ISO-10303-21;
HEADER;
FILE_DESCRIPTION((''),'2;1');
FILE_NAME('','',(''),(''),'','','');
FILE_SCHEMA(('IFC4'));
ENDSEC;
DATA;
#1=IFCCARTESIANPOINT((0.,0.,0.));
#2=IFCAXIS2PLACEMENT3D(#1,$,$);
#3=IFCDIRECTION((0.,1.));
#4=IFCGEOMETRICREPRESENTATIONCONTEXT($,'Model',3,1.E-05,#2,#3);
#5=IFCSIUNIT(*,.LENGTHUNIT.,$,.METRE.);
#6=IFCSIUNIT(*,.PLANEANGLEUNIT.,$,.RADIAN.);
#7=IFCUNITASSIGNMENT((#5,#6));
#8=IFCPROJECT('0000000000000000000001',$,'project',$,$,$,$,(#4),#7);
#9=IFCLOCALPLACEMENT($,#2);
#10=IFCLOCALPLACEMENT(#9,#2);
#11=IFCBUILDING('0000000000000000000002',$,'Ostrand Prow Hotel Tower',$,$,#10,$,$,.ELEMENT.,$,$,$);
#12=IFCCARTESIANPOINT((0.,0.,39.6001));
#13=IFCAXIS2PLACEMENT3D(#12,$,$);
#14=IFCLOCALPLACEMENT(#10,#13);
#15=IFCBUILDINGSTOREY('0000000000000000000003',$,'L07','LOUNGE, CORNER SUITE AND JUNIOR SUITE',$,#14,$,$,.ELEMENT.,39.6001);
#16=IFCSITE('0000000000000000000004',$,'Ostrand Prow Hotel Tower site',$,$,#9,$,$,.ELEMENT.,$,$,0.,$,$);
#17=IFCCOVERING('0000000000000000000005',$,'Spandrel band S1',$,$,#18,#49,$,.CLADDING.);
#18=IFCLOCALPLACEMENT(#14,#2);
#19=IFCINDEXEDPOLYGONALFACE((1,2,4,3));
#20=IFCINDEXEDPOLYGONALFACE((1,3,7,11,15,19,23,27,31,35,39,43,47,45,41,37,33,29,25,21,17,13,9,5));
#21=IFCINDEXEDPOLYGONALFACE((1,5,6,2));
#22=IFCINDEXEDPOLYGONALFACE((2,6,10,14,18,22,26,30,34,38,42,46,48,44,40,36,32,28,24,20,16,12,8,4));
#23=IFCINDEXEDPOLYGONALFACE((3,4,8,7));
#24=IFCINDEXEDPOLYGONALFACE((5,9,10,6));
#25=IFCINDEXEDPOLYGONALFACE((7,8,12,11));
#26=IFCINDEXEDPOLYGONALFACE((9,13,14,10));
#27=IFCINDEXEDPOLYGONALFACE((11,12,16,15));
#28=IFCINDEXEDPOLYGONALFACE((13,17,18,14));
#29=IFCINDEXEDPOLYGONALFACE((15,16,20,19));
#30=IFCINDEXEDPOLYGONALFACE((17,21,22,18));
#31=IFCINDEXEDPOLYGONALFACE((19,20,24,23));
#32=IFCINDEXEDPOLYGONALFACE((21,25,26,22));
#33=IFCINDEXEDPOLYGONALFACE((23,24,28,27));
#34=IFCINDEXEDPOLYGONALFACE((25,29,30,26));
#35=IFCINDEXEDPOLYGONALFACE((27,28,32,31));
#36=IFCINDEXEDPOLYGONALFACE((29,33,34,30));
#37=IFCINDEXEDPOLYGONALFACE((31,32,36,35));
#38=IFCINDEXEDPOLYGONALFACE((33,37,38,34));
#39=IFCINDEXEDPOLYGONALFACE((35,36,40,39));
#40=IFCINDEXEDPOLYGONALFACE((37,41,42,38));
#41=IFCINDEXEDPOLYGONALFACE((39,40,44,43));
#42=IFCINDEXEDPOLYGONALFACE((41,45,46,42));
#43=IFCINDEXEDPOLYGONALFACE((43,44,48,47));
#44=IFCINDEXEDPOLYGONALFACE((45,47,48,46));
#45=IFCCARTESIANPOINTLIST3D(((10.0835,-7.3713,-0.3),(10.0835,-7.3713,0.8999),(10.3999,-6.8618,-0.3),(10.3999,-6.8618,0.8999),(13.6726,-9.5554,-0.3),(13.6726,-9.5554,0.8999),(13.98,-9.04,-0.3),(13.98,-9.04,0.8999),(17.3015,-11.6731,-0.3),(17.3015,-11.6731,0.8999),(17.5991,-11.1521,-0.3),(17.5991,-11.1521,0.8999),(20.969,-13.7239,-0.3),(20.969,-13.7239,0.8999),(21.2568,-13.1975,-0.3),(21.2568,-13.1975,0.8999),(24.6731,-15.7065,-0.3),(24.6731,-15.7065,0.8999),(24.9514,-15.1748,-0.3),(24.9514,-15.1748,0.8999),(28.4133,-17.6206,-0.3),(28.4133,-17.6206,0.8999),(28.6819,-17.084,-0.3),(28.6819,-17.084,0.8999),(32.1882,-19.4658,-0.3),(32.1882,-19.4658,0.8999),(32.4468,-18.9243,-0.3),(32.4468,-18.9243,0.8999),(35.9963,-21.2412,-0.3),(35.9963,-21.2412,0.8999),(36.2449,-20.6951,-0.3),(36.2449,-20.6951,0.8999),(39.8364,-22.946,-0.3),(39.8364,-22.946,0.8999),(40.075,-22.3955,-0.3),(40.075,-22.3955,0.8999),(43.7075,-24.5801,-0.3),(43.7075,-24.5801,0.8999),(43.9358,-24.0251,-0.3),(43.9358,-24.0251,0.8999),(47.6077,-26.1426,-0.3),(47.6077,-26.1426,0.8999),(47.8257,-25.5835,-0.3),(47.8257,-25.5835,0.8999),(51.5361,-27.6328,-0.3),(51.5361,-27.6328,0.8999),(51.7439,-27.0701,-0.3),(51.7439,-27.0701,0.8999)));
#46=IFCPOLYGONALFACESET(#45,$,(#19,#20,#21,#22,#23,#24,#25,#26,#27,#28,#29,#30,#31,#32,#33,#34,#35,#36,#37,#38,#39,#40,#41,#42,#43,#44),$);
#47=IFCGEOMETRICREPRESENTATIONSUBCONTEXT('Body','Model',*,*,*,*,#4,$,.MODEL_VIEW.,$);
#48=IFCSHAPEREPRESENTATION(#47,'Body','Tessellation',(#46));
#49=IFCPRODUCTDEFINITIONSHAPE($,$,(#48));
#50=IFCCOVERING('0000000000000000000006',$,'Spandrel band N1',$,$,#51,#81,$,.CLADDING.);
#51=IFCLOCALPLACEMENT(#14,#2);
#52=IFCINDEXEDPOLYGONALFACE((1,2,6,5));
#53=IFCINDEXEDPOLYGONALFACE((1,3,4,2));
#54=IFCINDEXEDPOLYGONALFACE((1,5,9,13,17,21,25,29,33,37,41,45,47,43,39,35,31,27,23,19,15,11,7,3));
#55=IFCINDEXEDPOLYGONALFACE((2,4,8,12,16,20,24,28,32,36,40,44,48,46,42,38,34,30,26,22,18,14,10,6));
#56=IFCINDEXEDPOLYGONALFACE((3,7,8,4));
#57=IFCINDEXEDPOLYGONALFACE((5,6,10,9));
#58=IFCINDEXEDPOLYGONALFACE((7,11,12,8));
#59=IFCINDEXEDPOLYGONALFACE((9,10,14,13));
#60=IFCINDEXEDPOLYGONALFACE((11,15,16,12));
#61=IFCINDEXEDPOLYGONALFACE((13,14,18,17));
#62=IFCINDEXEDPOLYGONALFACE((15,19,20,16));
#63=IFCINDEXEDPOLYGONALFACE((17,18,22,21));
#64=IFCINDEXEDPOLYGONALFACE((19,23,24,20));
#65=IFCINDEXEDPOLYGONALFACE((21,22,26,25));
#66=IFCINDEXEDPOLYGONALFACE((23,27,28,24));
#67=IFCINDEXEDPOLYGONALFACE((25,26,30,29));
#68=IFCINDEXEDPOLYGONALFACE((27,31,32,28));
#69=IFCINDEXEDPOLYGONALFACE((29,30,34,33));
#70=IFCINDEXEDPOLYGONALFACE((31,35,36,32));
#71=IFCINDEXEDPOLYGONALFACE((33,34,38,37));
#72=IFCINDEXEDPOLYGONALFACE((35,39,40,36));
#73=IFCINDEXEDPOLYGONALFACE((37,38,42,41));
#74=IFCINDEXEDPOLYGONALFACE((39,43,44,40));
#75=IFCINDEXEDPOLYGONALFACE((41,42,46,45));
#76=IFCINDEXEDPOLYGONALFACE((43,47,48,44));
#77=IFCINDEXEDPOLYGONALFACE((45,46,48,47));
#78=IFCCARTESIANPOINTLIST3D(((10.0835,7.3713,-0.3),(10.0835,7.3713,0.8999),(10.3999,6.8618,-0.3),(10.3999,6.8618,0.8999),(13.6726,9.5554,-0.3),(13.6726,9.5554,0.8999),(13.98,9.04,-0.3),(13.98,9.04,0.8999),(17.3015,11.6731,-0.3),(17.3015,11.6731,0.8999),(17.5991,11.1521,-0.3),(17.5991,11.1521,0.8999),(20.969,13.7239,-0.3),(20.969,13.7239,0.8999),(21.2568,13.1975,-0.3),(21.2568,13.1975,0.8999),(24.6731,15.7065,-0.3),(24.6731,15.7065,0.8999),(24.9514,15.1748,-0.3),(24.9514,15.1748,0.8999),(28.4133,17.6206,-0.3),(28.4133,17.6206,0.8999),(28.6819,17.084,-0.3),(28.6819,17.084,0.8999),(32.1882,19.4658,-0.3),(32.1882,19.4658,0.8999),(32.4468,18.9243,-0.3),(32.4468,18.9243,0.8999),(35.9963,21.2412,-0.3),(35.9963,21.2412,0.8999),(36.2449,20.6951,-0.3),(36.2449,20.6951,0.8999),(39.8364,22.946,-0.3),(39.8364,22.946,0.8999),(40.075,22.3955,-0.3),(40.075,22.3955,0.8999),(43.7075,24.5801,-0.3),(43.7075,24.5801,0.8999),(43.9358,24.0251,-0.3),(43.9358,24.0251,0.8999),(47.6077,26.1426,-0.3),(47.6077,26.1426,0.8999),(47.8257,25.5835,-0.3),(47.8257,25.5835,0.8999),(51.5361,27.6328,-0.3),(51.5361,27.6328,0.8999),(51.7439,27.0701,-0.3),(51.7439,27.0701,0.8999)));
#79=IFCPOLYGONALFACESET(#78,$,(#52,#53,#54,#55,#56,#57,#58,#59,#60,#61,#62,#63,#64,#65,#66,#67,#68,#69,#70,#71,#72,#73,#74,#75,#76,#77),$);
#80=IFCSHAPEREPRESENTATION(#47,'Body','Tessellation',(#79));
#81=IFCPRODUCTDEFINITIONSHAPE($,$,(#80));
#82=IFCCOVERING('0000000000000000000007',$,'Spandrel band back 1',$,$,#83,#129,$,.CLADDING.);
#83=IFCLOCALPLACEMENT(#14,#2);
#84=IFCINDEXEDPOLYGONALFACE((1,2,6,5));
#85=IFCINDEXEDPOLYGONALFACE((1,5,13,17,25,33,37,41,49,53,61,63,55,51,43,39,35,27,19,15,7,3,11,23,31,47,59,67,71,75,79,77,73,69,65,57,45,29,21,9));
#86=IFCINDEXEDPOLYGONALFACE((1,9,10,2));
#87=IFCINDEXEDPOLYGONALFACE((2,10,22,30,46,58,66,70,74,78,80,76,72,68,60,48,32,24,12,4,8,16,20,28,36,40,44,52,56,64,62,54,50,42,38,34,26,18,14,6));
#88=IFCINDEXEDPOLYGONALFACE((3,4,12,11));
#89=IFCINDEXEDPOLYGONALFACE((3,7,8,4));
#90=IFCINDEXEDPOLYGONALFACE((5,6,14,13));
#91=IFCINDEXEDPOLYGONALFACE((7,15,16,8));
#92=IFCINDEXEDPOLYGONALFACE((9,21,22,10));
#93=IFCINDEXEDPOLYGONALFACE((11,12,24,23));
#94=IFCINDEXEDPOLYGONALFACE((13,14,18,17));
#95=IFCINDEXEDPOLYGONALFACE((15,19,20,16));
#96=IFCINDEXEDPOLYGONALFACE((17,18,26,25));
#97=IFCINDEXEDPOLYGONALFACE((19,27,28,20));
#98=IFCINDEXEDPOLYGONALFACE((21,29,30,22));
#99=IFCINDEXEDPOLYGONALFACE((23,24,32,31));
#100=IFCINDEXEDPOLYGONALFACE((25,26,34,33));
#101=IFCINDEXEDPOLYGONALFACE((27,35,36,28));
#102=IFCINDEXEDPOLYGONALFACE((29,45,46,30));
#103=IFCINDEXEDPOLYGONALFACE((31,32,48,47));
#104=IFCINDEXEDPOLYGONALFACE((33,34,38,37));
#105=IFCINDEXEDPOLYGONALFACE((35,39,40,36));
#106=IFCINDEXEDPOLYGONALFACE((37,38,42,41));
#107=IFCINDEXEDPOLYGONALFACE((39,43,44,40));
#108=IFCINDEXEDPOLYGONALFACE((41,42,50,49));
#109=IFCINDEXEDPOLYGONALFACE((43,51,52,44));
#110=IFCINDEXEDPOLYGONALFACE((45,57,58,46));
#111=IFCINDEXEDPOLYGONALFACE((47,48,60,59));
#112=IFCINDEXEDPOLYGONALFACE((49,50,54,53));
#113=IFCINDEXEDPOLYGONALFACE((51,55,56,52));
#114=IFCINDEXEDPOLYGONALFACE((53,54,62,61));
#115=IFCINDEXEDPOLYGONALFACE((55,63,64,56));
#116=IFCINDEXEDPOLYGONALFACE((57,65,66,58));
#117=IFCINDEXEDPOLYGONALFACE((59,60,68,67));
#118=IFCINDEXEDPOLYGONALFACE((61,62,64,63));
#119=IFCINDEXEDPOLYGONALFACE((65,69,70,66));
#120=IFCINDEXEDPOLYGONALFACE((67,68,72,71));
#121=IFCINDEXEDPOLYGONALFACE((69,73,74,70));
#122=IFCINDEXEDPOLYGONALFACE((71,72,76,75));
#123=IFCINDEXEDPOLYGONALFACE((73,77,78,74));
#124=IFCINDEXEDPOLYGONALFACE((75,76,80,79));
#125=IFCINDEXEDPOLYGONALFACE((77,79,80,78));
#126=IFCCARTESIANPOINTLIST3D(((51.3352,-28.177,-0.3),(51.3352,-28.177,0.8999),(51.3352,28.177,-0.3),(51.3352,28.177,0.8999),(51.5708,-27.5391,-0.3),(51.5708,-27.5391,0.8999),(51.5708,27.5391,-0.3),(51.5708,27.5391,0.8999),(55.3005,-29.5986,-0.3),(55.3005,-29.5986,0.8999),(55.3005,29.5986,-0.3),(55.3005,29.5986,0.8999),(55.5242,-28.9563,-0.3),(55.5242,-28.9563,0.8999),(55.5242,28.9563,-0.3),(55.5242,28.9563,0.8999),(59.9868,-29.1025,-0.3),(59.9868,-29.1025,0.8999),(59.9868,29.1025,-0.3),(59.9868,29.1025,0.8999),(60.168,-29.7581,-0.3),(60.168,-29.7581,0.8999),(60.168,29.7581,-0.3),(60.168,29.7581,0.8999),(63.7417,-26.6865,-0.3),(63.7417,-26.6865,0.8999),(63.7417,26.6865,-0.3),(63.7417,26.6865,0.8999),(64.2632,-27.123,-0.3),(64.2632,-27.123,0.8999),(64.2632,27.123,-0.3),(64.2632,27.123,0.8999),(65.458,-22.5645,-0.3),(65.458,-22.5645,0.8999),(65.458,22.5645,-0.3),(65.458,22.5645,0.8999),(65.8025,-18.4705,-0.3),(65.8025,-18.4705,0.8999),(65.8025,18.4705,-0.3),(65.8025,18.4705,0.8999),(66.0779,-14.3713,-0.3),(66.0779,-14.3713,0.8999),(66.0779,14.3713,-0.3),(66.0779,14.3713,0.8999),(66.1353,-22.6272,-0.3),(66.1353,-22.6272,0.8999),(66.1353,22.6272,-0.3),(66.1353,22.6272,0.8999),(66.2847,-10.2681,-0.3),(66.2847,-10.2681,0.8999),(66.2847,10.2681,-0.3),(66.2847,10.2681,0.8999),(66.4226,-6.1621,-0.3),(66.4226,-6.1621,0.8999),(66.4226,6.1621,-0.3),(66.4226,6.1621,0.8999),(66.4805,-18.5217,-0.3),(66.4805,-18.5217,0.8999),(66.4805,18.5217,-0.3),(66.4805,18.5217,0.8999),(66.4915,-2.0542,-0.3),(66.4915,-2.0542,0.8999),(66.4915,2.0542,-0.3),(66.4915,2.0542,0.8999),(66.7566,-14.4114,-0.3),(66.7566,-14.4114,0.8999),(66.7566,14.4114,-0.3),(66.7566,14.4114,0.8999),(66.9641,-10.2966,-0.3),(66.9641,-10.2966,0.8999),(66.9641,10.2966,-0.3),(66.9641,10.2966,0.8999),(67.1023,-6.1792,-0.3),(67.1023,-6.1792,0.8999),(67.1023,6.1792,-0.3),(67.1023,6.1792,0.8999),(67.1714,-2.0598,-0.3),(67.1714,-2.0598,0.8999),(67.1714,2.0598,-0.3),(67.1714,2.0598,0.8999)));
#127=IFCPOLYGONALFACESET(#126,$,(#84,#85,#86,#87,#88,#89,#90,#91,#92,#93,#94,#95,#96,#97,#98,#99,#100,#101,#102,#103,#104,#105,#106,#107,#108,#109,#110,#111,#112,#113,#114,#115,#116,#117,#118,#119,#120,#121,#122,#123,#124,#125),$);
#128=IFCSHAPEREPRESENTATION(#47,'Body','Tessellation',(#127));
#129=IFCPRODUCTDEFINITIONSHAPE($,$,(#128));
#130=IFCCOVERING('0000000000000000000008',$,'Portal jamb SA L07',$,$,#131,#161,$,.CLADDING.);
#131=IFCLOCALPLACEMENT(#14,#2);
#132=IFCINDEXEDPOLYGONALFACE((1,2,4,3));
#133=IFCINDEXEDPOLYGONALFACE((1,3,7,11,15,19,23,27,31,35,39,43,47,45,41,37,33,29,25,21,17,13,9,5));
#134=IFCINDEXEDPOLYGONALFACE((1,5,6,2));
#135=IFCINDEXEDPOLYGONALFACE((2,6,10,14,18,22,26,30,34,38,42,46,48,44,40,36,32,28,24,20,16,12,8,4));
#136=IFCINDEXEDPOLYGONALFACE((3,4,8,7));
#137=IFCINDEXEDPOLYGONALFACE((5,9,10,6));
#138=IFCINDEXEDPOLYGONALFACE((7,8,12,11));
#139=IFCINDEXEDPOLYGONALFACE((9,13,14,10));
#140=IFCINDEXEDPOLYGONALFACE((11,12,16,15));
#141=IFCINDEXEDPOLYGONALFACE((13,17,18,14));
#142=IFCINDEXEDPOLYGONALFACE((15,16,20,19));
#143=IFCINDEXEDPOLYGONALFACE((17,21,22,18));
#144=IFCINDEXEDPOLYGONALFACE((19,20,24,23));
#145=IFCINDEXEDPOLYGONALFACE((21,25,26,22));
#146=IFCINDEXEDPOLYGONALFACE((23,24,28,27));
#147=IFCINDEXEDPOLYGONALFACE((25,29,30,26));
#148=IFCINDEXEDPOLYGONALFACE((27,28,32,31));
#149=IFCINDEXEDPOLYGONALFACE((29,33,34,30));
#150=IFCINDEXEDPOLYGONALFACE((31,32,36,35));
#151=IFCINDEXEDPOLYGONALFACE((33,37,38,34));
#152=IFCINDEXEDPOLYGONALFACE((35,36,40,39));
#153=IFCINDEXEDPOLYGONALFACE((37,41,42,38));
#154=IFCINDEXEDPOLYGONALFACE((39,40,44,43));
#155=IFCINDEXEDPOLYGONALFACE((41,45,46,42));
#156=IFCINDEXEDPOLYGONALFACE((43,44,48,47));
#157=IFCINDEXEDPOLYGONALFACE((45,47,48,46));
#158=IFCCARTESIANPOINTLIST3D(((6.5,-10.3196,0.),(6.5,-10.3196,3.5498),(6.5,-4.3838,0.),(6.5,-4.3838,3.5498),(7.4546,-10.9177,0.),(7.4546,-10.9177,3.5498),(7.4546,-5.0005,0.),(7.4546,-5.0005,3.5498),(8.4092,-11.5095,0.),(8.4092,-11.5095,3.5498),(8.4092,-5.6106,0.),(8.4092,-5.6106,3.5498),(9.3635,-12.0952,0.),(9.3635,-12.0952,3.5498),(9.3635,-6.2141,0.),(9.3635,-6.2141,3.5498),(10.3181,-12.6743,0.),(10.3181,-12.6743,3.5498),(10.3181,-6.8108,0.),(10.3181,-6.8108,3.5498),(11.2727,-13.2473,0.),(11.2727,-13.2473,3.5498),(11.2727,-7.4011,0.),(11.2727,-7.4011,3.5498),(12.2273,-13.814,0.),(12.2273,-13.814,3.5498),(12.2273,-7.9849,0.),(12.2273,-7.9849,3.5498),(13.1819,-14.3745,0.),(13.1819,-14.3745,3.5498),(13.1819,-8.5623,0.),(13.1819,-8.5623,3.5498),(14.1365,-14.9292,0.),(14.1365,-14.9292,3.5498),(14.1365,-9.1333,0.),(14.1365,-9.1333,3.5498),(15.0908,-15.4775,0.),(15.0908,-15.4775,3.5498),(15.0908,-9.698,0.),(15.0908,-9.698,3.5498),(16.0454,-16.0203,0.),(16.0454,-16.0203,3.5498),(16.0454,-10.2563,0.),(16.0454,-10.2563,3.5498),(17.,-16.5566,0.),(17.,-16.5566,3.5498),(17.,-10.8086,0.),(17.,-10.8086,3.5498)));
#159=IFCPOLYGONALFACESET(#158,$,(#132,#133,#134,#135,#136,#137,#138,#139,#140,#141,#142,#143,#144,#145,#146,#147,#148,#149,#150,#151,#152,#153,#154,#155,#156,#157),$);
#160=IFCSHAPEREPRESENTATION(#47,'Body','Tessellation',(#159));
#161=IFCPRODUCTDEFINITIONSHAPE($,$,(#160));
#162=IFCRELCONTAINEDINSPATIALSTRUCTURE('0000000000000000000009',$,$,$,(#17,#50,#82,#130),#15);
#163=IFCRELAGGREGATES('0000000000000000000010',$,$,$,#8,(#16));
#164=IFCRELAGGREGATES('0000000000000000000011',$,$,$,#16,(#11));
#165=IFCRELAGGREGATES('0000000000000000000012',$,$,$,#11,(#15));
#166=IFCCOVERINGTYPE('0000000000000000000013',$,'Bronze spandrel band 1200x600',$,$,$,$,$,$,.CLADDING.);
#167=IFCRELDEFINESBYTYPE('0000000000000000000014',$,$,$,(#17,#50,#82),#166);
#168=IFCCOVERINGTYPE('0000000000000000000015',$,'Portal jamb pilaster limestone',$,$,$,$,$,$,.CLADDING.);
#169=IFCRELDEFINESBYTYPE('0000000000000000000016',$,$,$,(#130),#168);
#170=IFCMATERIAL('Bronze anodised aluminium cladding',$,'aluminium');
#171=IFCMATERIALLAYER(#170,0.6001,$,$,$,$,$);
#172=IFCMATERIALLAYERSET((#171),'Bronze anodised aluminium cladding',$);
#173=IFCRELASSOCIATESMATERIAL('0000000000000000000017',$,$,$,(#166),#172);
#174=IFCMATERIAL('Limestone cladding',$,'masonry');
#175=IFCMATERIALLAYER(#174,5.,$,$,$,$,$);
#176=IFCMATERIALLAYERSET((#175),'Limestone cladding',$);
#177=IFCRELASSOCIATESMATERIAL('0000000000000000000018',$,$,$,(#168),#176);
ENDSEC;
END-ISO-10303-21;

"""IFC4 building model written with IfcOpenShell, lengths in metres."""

from ifc_helpers import new_model, si_unit, direction, frame, origin, place, context, subcontext, project, spatial, polyline, outline, extrude, material, layer, layer_set, type_object, element, save


model = new_model("IFC4")

# Units and contexts
model_context = context("Model", 3, precision=1e-05, world=origin(), true_north=direction((0.0, 1.0)))
body_context = subcontext(model_context, "Body", "Model", "MODEL_VIEW")
ifc_project = project(units=[si_unit("LENGTHUNIT", "METRE"), si_unit("PLANEANGLEUNIT", "RADIAN")], contexts=[model_context])

# Site, building, storey
site_placement = place(None, origin())
site = spatial("IfcSite", under=ifc_project, at=site_placement, Name="Ostrand Prow Hotel Tower site", CompositionType="ELEMENT", RefElevation=0.0)
building_placement = place(site_placement, origin())
building = spatial("IfcBuilding", under=site, at=building_placement, Name="Ostrand Prow Hotel Tower", CompositionType="ELEMENT")
storey_placement = place(building_placement, frame((0.0, 0.0, 39.6001)))
storey = spatial("IfcBuildingStorey", under=building, at=storey_placement, Name="L07", Description="LOUNGE, CORNER SUITE AND JUNIOR SUITE", CompositionType="ELEMENT", Elevation=39.6001)

# Coverings
ifc_material_1 = material(Name="Bronze anodised aluminium cladding", Category="aluminium")
ifc_layer_1 = layer(ifc_material_1, 0.6001)
ifc_layer_set_1 = layer_set([ifc_layer_1], Name="Bronze anodised aluminium cladding")
covering_type_1 = type_object("IfcCoveringType", Name="Bronze spandrel band 1200x600", PredefinedType="CLADDING", material=ifc_layer_set_1)
covering_1_placement = place(storey_placement, frame((0.0, 0.0, -0.3)))
element("IfcCovering", 1, at=covering_1_placement, inside=storey, type_object=covering_type_1, Name="Spandrel band S1", PredefinedType="CLADDING", context=body_context, shape_type="SweptSolid", body=[
    extrude(outline(polyline([(10.0835, -7.3713), (13.6726, -9.5554), (17.3015, -11.6731), (20.969, -13.7239), (24.6731, -15.7065), (28.4133, -17.6206), (32.1882, -19.4658), (35.9963, -21.2412), (39.8364, -22.946), (43.7075, -24.5801), (47.6077, -26.1426), (51.5361, -27.6328), (51.7439, -27.0701), (47.8257, -25.5835), (43.9358, -24.0251), (40.075, -22.3955), (36.2449, -20.6951), (32.4468, -18.9243), (28.6819, -17.084), (24.9514, -15.1748), (21.2568, -13.1975), (17.5991, -11.1521), (13.98, -9.04), (10.3999, -6.8618), (10.0835, -7.3713)])), origin(), (0.0, 0.0, 1.0), 1.2),
])
covering_2_placement = place(storey_placement, frame((0.0, 0.0, -0.3)))
element("IfcCovering", 2, at=covering_2_placement, inside=storey, type_object=covering_type_1, Name="Spandrel band N1", PredefinedType="CLADDING", context=body_context, shape_type="SweptSolid", body=[
    extrude(outline(polyline([(51.5361, 27.6328), (47.6077, 26.1426), (43.7075, 24.5801), (39.8364, 22.946), (35.9963, 21.2412), (32.1882, 19.4658), (28.4133, 17.6206), (24.6731, 15.7065), (20.969, 13.7239), (17.3015, 11.6731), (13.6726, 9.5554), (10.0835, 7.3713), (10.3999, 6.8618), (13.98, 9.04), (17.5991, 11.1521), (21.2568, 13.1975), (24.9514, 15.1748), (28.6819, 17.084), (32.4468, 18.9243), (36.2449, 20.6951), (40.075, 22.3955), (43.9358, 24.0251), (47.8257, 25.5835), (51.7439, 27.0701), (51.5361, 27.6328)])), origin(), (0.0, 0.0, 1.0), 1.2),
])
covering_3_placement = place(storey_placement, frame((0.0, 0.0, -0.3)))
element("IfcCovering", 3, at=covering_3_placement, inside=storey, type_object=covering_type_1, Name="Spandrel band back 1", PredefinedType="CLADDING", context=body_context, shape_type="SweptSolid", body=[
    extrude(outline(polyline([(51.3352, -28.177), (55.3005, -29.5986), (60.168, -29.7581), (64.2632, -27.123), (66.1353, -22.6272), (66.4805, -18.5217), (66.7566, -14.4114), (66.9641, -10.2966), (67.1023, -6.1792), (67.1714, -2.0598), (67.1714, 2.0598), (67.1023, 6.1792), (66.9641, 10.2966), (66.7566, 14.4114), (66.4805, 18.5217), (66.1353, 22.6272), (64.2632, 27.123), (60.168, 29.7581), (55.3005, 29.5986), (51.3352, 28.177), (51.5708, 27.5391), (55.5242, 28.9563), (59.9868, 29.1025), (63.7417, 26.6865), (65.458, 22.5645), (65.8025, 18.4705), (66.0779, 14.3713), (66.2847, 10.2681), (66.4226, 6.1621), (66.4915, 2.0542), (66.4915, -2.0542), (66.4226, -6.1621), (66.2847, -10.2681), (66.0779, -14.3713), (65.8025, -18.4705), (65.458, -22.5645), (63.7417, -26.6865), (59.9868, -29.1025), (55.5242, -28.9563), (51.5708, -27.5391), (51.3352, -28.177)])), origin(), (0.0, 0.0, 1.0), 1.2),
])
ifc_material_2 = material(Name="Limestone cladding", Category="masonry")
ifc_layer_2 = layer(ifc_material_2, 5.0)
ifc_layer_set_2 = layer_set([ifc_layer_2], Name="Limestone cladding")
covering_type_2 = type_object("IfcCoveringType", Name="Portal jamb pilaster limestone", PredefinedType="CLADDING", material=ifc_layer_set_2)
covering_4_placement = place(storey_placement, origin())
element("IfcCovering", 4, at=covering_4_placement, inside=storey, type_object=covering_type_2, Name="Portal jamb SA L07", PredefinedType="CLADDING", context=body_context, shape_type="SweptSolid", body=[
    extrude(outline(polyline([(6.5, -4.3838), (6.5, -10.3196), (7.4546, -10.9177), (8.4092, -11.5095), (9.3635, -12.0952), (10.3181, -12.6743), (11.2727, -13.2473), (12.2273, -13.814), (13.1819, -14.3745), (14.1365, -14.9292), (15.0908, -15.4775), (16.0454, -16.0203), (17.0, -16.5566), (17.0, -10.8086), (16.0454, -10.2563), (15.0908, -9.698), (14.1365, -9.1333), (13.1819, -8.5623), (12.2273, -7.9849), (11.2727, -7.4011), (10.3181, -6.8108), (9.3635, -6.2141), (8.4092, -5.6106), (7.4546, -5.0005), (6.5, -4.3838)])), origin(), (0.0, 0.0, 1.0), 3.5498),
])

save(model, "model.ifc")
